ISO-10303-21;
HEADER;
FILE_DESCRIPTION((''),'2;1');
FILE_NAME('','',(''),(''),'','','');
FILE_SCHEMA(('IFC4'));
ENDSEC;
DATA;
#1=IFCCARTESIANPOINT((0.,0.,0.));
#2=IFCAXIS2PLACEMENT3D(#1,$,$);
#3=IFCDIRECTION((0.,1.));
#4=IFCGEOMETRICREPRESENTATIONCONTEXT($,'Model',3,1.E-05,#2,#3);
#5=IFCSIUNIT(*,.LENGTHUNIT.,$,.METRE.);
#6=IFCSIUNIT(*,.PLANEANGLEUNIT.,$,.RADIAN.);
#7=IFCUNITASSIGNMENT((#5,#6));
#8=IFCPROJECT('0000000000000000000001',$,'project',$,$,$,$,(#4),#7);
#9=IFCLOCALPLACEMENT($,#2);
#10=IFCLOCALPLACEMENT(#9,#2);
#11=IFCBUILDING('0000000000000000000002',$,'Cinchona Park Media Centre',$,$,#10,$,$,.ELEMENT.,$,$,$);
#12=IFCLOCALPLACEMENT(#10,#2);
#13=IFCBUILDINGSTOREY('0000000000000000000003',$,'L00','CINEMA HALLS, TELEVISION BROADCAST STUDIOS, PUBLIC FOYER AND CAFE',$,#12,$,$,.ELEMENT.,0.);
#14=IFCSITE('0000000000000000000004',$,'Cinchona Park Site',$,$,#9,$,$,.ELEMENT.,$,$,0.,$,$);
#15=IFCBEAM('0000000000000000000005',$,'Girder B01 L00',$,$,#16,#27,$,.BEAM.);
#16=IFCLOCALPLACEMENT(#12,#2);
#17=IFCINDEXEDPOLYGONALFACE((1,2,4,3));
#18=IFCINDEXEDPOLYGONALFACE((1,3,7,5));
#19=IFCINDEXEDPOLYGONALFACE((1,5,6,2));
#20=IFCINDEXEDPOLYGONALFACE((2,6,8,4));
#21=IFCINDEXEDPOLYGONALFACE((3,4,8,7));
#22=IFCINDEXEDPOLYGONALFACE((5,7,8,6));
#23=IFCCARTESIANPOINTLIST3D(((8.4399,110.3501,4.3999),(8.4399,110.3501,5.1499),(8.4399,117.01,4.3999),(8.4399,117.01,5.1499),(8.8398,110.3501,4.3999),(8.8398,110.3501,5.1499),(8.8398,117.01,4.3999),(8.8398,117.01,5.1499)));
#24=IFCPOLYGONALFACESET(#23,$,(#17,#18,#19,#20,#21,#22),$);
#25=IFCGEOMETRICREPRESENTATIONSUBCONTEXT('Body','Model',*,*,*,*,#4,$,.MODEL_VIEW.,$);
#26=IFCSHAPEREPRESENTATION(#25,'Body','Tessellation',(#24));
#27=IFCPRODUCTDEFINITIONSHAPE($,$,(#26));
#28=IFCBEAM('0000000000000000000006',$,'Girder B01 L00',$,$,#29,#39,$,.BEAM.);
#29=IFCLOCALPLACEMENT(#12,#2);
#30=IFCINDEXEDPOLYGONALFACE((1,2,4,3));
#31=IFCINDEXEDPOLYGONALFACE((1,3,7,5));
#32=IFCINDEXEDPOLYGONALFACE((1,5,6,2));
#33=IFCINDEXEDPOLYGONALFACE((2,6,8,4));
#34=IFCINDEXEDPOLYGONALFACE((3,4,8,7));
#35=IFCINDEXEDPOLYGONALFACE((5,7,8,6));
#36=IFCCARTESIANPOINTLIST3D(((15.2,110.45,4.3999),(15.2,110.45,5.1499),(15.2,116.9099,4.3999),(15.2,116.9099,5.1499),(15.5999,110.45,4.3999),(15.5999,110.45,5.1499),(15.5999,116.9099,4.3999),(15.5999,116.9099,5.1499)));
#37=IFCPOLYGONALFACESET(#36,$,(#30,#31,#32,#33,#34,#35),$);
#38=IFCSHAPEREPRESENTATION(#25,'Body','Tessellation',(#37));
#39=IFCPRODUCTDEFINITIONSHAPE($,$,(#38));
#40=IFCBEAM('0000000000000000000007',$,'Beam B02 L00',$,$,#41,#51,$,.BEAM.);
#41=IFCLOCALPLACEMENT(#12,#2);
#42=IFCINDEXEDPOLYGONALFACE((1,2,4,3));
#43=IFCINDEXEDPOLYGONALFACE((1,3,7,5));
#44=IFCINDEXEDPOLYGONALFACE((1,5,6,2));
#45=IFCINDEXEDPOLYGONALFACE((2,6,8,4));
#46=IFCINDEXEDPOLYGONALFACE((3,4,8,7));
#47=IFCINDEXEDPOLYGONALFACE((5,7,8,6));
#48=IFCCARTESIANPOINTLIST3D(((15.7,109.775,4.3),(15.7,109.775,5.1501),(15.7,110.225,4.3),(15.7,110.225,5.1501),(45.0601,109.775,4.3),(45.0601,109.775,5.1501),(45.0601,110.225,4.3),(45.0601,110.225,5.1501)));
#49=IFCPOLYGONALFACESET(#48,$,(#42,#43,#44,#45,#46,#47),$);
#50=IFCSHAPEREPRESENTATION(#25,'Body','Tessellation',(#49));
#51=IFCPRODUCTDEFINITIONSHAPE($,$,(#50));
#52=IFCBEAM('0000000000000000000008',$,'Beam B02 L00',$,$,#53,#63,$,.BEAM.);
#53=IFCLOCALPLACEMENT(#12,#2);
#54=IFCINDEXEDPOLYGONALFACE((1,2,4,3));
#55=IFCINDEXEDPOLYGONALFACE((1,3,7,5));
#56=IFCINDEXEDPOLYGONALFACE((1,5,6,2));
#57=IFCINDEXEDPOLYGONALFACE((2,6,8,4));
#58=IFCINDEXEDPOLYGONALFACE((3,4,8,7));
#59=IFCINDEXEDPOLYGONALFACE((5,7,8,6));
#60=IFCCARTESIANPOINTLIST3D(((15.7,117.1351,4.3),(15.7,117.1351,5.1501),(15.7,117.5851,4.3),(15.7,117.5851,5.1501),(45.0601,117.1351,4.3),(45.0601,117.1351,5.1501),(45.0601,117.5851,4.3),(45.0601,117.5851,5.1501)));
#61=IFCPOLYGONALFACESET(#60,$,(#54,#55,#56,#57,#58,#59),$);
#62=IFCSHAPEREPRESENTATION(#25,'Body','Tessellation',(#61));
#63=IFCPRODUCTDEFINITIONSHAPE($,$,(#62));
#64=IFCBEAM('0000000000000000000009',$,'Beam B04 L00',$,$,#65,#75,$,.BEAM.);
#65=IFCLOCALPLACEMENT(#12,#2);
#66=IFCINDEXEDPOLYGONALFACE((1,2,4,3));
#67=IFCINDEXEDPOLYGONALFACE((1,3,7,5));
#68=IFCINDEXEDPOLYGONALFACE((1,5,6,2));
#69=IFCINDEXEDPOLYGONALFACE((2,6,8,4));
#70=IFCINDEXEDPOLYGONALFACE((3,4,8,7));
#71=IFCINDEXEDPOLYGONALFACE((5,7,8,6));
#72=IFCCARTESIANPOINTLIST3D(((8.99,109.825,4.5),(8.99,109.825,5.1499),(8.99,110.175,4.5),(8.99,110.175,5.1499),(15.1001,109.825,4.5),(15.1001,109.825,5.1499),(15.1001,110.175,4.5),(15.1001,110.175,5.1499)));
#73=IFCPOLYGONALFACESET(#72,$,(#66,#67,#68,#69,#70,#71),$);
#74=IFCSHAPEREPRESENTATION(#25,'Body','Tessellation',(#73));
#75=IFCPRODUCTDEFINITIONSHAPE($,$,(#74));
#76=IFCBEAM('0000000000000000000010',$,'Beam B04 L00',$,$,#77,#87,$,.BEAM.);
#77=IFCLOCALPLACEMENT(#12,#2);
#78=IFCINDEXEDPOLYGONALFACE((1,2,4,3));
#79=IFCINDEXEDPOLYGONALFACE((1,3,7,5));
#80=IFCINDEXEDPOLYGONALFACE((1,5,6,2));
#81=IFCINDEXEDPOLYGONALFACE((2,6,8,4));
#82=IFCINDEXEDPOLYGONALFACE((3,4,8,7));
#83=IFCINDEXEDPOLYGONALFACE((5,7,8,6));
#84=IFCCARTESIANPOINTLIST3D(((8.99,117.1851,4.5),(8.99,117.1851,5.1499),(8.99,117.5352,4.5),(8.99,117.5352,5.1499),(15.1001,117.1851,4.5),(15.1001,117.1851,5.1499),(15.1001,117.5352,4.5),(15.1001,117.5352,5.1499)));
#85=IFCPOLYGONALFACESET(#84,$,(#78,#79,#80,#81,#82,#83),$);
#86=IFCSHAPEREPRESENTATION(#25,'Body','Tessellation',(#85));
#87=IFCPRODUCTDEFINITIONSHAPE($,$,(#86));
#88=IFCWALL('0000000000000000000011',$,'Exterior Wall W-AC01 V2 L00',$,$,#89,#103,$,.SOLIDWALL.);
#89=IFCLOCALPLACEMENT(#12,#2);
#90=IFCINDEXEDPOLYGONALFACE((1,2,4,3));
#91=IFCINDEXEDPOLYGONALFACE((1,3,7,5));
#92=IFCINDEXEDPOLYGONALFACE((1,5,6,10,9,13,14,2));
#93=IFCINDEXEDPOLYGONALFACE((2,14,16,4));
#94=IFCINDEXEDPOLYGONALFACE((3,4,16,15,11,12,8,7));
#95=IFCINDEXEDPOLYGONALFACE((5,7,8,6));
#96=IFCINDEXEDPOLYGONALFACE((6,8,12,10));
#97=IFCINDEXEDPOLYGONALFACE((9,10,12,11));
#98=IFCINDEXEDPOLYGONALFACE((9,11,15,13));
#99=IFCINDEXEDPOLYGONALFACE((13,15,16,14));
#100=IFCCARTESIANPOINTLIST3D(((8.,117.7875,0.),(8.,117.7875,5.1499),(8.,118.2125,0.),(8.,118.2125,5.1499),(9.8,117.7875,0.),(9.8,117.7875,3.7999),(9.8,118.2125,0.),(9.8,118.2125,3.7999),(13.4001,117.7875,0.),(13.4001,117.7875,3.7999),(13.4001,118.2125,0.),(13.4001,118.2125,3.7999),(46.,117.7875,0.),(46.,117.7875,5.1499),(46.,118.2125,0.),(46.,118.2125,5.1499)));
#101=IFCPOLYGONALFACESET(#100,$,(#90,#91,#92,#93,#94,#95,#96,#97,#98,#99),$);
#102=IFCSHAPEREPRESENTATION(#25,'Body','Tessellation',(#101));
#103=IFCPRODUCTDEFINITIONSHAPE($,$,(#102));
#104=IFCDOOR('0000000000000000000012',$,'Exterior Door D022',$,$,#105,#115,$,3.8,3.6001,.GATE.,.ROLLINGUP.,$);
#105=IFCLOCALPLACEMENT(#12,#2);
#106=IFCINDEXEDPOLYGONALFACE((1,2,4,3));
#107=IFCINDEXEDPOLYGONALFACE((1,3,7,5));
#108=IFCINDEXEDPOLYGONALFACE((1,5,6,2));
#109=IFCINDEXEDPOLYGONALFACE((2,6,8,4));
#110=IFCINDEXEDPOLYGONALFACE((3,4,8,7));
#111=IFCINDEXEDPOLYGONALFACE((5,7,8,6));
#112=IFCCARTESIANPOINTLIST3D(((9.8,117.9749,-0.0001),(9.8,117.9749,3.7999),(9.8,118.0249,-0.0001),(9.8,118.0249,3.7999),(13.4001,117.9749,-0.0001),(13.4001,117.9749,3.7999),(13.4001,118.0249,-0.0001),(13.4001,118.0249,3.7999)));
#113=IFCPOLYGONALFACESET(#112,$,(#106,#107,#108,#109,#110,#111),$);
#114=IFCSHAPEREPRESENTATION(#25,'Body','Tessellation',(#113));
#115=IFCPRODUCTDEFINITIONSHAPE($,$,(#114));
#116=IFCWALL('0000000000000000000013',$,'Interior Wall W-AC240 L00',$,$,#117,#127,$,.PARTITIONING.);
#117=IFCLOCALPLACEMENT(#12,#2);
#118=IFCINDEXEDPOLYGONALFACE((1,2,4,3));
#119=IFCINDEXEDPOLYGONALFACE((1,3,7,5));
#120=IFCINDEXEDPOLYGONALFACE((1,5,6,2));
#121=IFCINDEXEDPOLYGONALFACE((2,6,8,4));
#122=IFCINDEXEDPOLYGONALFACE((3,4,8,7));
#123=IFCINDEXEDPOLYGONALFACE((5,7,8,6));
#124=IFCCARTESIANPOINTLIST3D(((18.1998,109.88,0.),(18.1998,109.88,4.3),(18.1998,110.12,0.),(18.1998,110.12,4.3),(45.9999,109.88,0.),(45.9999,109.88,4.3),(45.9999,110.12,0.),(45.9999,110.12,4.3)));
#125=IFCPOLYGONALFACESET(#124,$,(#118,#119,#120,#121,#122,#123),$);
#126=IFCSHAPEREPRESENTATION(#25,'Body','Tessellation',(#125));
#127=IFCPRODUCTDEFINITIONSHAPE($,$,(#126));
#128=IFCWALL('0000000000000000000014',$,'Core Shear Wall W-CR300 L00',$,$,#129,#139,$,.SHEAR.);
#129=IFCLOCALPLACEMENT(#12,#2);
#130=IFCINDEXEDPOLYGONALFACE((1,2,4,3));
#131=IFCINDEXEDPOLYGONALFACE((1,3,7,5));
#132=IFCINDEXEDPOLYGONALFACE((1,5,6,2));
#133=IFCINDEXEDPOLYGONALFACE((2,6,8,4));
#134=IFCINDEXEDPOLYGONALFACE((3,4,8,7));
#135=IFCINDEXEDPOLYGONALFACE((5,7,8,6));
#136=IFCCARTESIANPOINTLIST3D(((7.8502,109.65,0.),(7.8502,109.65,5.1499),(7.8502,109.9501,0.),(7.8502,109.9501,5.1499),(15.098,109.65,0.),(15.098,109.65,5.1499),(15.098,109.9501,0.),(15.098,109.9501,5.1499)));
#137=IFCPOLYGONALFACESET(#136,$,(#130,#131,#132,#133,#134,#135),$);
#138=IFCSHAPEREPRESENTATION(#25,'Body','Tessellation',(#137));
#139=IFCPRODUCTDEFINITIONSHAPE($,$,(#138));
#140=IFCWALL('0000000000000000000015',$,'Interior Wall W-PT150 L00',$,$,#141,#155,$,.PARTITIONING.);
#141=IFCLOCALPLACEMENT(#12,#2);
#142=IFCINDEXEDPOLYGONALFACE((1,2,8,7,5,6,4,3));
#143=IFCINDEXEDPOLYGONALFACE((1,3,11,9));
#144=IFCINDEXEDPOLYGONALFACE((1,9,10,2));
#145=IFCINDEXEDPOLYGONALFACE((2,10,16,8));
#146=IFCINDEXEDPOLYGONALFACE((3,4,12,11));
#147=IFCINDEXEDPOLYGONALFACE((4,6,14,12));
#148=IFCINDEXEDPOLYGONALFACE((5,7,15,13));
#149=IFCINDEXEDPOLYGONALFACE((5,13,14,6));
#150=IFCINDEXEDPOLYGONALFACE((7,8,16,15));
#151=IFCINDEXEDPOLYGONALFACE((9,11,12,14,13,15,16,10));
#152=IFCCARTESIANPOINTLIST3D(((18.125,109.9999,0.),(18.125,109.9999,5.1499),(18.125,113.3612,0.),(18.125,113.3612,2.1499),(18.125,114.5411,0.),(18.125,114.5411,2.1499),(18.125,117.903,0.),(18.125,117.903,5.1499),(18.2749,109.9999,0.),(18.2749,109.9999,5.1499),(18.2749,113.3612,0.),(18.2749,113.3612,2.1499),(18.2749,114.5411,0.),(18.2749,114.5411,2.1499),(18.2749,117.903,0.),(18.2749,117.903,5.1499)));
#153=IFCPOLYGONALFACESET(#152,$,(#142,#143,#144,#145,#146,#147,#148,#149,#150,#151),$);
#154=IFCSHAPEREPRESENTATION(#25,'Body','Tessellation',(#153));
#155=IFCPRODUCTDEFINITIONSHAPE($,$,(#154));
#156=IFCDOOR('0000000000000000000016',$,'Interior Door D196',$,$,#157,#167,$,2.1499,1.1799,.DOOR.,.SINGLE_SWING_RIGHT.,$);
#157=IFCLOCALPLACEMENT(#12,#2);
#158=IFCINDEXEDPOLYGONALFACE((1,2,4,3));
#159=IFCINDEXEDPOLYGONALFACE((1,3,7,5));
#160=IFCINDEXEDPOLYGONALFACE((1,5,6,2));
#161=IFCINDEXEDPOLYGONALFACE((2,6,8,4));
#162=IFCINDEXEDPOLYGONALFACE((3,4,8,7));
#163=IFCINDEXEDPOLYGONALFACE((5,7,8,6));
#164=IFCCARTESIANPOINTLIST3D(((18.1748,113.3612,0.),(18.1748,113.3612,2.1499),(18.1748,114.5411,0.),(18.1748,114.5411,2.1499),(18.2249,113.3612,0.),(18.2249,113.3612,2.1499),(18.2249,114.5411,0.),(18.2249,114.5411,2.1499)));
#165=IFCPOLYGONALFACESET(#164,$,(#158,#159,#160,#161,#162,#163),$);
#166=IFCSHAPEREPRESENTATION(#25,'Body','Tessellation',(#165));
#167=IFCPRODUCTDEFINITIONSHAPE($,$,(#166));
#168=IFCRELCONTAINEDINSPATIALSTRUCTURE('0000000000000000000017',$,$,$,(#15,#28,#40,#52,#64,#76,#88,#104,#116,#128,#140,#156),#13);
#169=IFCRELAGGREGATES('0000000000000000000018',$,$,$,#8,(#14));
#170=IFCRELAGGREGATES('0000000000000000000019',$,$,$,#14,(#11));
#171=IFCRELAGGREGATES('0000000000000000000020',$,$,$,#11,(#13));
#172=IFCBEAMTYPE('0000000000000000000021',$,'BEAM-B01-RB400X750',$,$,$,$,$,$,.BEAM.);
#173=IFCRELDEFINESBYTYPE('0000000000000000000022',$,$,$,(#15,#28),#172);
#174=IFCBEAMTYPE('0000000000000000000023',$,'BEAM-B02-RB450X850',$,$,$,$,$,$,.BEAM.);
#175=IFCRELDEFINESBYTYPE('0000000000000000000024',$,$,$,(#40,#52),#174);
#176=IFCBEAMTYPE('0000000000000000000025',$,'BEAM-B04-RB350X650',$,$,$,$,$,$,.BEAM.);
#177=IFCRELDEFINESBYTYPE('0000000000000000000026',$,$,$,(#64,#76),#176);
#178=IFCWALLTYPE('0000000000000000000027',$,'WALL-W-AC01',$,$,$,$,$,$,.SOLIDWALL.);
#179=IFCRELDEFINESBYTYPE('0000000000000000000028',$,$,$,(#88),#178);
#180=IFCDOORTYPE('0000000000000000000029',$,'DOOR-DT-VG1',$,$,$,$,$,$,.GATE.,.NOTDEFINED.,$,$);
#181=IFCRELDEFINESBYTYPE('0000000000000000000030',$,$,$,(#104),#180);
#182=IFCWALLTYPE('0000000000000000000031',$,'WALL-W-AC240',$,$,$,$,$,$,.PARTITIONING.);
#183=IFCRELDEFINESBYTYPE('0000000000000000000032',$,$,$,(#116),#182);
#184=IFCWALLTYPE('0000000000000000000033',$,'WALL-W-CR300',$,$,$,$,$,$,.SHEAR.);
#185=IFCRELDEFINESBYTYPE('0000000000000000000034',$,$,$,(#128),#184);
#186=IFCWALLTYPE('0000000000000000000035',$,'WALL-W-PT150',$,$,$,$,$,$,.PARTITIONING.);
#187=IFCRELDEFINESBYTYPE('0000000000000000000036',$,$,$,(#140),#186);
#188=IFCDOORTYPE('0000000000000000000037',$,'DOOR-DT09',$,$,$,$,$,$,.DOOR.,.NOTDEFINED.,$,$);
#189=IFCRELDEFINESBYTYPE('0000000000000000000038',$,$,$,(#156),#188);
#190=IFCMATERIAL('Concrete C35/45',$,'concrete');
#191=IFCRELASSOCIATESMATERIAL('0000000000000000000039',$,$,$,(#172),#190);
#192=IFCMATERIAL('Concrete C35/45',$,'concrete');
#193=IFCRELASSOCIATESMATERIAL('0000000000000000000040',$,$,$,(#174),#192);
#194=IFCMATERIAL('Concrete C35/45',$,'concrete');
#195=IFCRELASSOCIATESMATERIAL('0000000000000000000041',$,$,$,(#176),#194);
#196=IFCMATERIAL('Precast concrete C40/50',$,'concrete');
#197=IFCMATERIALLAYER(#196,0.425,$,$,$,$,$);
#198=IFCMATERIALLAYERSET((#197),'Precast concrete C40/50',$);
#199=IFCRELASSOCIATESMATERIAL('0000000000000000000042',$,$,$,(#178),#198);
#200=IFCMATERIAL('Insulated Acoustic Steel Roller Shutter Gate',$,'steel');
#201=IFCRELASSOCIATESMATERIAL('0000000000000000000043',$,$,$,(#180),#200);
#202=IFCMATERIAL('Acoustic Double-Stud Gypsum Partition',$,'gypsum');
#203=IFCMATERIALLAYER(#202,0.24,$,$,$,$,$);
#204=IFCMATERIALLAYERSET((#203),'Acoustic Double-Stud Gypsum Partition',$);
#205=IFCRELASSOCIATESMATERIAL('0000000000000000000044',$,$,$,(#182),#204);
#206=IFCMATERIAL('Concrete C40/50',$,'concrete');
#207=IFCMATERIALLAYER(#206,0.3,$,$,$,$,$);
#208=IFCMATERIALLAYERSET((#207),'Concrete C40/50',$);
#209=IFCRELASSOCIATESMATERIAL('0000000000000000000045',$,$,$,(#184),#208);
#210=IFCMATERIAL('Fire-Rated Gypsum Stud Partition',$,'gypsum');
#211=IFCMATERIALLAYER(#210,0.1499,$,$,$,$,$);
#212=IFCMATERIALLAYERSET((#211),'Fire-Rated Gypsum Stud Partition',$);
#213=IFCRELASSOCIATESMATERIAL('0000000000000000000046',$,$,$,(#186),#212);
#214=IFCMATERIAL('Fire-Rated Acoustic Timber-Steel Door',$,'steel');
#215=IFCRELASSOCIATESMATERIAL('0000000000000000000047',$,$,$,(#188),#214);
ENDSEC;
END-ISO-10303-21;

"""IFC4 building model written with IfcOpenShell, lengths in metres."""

from ifc_helpers import new_model, si_unit, direction, frame, frame_2d, origin, origin_2d, place, context, subcontext, project, spatial, rectangle, extrude, material, layer, layer_set, material_profile, profile_set, type_object, element, fill, save


model = new_model("IFC4")

# Units and contexts
model_context = context("Model", 3, precision=1e-05, world=origin(), true_north=direction((0.0, 1.0)))
body_context = subcontext(model_context, "Body", "Model", "MODEL_VIEW")
ifc_project = project(units=[si_unit("LENGTHUNIT", "METRE"), si_unit("PLANEANGLEUNIT", "RADIAN")], contexts=[model_context])

# Site, building, storey
site_placement = place(None, origin())
site = spatial("IfcSite", under=ifc_project, at=site_placement, Name="Cinchona Park Site", CompositionType="ELEMENT", RefElevation=0.0)
building_placement = place(site_placement, origin())
building = spatial("IfcBuilding", under=site, at=building_placement, Name="Cinchona Park Media Centre", CompositionType="ELEMENT")
storey_placement = place(building_placement, origin())
storey = spatial("IfcBuildingStorey", under=building, at=storey_placement, Name="L00", Description="CINEMA HALLS, TELEVISION BROADCAST STUDIOS, PUBLIC FOYER AND CAFE", CompositionType="ELEMENT", Elevation=0.0)

# Beams
ifc_material_1 = material(Name="Concrete C35/45", Category="concrete")
ifc_material_profile_1 = material_profile(ifc_material_1, rectangle(XDim=0.3999, YDim=0.75, at=origin_2d()), Name="RB 400X750")
ifc_profile_set_1 = profile_set([ifc_material_profile_1], Name="Concrete C35/45")
beam_type_1 = type_object("IfcBeamType", Name="BEAM-B01-RB400X750", PredefinedType="BEAM", material=ifc_profile_set_1)
beam_1_placement = place(storey_placement, frame((8.6399, 110.3501, 4.7749), z_axis=(0.0, 1.0, 0.0), x_axis=(-1.0, 0.0, 0.0)))
element("IfcBeam", 1, at=beam_1_placement, inside=storey, type_object=beam_type_1, Name="Girder B01 L00", PredefinedType="BEAM", context=body_context, shape_type="SweptSolid", body=[
    extrude(rectangle(XDim=0.3999, YDim=0.75, at=origin_2d()), origin(), (0.0, 0.0, 1.0), 6.6599),
])
beam_2_placement = place(storey_placement, frame((15.3999, 110.45, 4.7749), z_axis=(0.0, 1.0, 0.0), x_axis=(-1.0, 0.0, 0.0)))
element("IfcBeam", 2, at=beam_2_placement, inside=storey, type_object=beam_type_1, Name="Girder B01 L00", PredefinedType="BEAM", context=body_context, shape_type="SweptSolid", body=[
    extrude(rectangle(XDim=0.3999, YDim=0.75, at=origin_2d()), origin(), (0.0, 0.0, 1.0), 6.46),
])
ifc_material_2 = material(Name="Concrete C35/45", Category="concrete")
ifc_material_profile_2 = material_profile(ifc_material_2, rectangle(XDim=0.45, YDim=0.8501, at=origin_2d()), Name="RB 450X850")
ifc_profile_set_2 = profile_set([ifc_material_profile_2], Name="Concrete C35/45")
beam_type_2 = type_object("IfcBeamType", Name="BEAM-B02-RB450X850", PredefinedType="BEAM", material=ifc_profile_set_2)
for number, where, z_axis, x_axis, name in (
    (3, (15.7, 110.0, 4.7251), (1.0, 0.0, 0.0), (0.0, 1.0, 0.0), "Beam B02 L00"),
    (4, (15.7, 117.3601, 4.7251), (1.0, 0.0, 0.0), (0.0, 1.0, 0.0), "Beam B02 L00"),
):
    element("IfcBeam", number, at=place(storey_placement, frame(where, z_axis=z_axis, x_axis=x_axis)), inside=storey, type_object=beam_type_2, Name=name, PredefinedType="BEAM", context=body_context, shape_type="SweptSolid", body=[
        extrude(rectangle(XDim=0.45, YDim=0.8501, at=origin_2d()), origin(), (0.0, 0.0, 1.0), 29.3601),
    ])
ifc_material_3 = material(Name="Concrete C35/45", Category="concrete")
ifc_material_profile_3 = material_profile(ifc_material_3, rectangle(XDim=0.3501, YDim=0.6499, at=origin_2d()), Name="RB 350X650")
ifc_profile_set_3 = profile_set([ifc_material_profile_3], Name="Concrete C35/45")
beam_type_3 = type_object("IfcBeamType", Name="BEAM-B04-RB350X650", PredefinedType="BEAM", material=ifc_profile_set_3)
for number, where, z_axis, x_axis, name in (
    (5, (8.99, 110.0, 4.825), (1.0, 0.0, 0.0), (0.0, 1.0, 0.0), "Beam B04 L00"),
    (6, (8.99, 117.3601, 4.825), (1.0, 0.0, 0.0), (0.0, 1.0, 0.0), "Beam B04 L00"),
):
    element("IfcBeam", number, at=place(storey_placement, frame(where, z_axis=z_axis, x_axis=x_axis)), inside=storey, type_object=beam_type_3, Name=name, PredefinedType="BEAM", context=body_context, shape_type="SweptSolid", body=[
        extrude(rectangle(XDim=0.3501, YDim=0.6499, at=origin_2d()), origin(), (0.0, 0.0, 1.0), 6.1101),
    ])

# Wall, opening, door
ifc_material_4 = material(Name="Precast concrete C40/50", Category="concrete")
ifc_layer_1 = layer(ifc_material_4, 0.425)
ifc_layer_set_1 = layer_set([ifc_layer_1], Name="Precast concrete C40/50")
wall_type_1 = type_object("IfcWallType", Name="WALL-W-AC01", PredefinedType="SOLIDWALL", material=ifc_layer_set_1)
wall_1_placement = place(storey_placement, frame((8.0, 118.0, 0.0), z_axis=(0.0, 0.0, 1.0), x_axis=(1.0, 0.0, 0.0)))
wall_1 = element("IfcWall", 7, at=wall_1_placement, inside=storey, type_object=wall_type_1, Name="Exterior Wall W-AC01 V2 L00", PredefinedType="SOLIDWALL", context=body_context, shape_type="SweptSolid", body=[
    extrude(rectangle(XDim=38.0, YDim=0.425, at=frame_2d((19.0, 0.0))), origin(), (0.0, 0.0, 1.0), 5.1499),
])
opening_1_placement = place(wall_1_placement, frame((1.8, 0.0, 0.0)))
opening_1 = element("IfcOpeningElement", 8, at=opening_1_placement, cuts=wall_1, PredefinedType="OPENING", context=body_context, shape_type="SweptSolid", body=[
    extrude(rectangle(XDim=3.6001, YDim=3.8, at=frame_2d((1.8, 1.8999))), frame((0.0, 0.2224, 0.0), z_axis=(0.0, -1.0, 0.0), x_axis=(1.0, 0.0, 0.0)), (0.0, 0.0, 1.0), 0.4451),
])
ifc_material_5 = material(Name="Insulated Acoustic Steel Roller Shutter Gate", Category="steel")
door_type_1 = type_object("IfcDoorType", Name="DOOR-DT-VG1", OperationType="NOTDEFINED", PredefinedType="GATE", material=ifc_material_5)
door_1_placement = place(opening_1_placement, origin())
door_1 = element("IfcDoor", 9, at=door_1_placement, inside=storey, type_object=door_type_1, Name="Exterior Door D022", OperationType="ROLLINGUP", OverallHeight=3.8, OverallWidth=3.6001, PredefinedType="GATE", context=body_context, shape_type="SweptSolid", body=[
    extrude(rectangle(XDim=3.6001, YDim=3.8, at=frame_2d((1.8, 1.8999))), frame((0.0, 0.0249, 0.0), z_axis=(0.0, -1.0, 0.0), x_axis=(1.0, 0.0, 0.0)), (0.0, 0.0, 1.0), 0.05),
])
fill(opening_1, door_1)

# Walls
ifc_material_6 = material(Name="Acoustic Double-Stud Gypsum Partition", Category="gypsum")
ifc_layer_2 = layer(ifc_material_6, 0.24)
ifc_layer_set_2 = layer_set([ifc_layer_2], Name="Acoustic Double-Stud Gypsum Partition")
wall_type_2 = type_object("IfcWallType", Name="WALL-W-AC240", PredefinedType="PARTITIONING", material=ifc_layer_set_2)
wall_2_placement = place(storey_placement, frame((18.2, 110.0, 0.0), z_axis=(0.0, 0.0, 1.0), x_axis=(1.0, 0.0, 0.0)))
element("IfcWall", 10, at=wall_2_placement, inside=storey, type_object=wall_type_2, Name="Interior Wall W-AC240 L00", PredefinedType="PARTITIONING", context=body_context, shape_type="SweptSolid", body=[
    extrude(rectangle(XDim=27.8, YDim=0.24, at=frame_2d((13.8999, 0.0))), origin(), (0.0, 0.0, 1.0), 4.3),
])
ifc_material_7 = material(Name="Concrete C40/50", Category="concrete")
ifc_layer_3 = layer(ifc_material_7, 0.3)
ifc_layer_set_3 = layer_set([ifc_layer_3], Name="Concrete C40/50")
wall_type_3 = type_object("IfcWallType", Name="WALL-W-CR300", PredefinedType="SHEAR", material=ifc_layer_set_3)
wall_3_placement = place(storey_placement, frame((7.8501, 109.8, 0.0), z_axis=(0.0, 0.0, 1.0), x_axis=(1.0, 0.0, 0.0)))
element("IfcWall", 11, at=wall_3_placement, inside=storey, type_object=wall_type_3, Name="Core Shear Wall W-CR300 L00", PredefinedType="SHEAR", context=body_context, shape_type="SweptSolid", body=[
    extrude(rectangle(XDim=7.2478, YDim=0.3, at=frame_2d((3.624, 0.0))), origin(), (0.0, 0.0, 1.0), 5.1499),
])

# Wall, opening, door
ifc_material_8 = material(Name="Fire-Rated Gypsum Stud Partition", Category="gypsum")
ifc_layer_4 = layer(ifc_material_8, 0.1499)
ifc_layer_set_4 = layer_set([ifc_layer_4], Name="Fire-Rated Gypsum Stud Partition")
wall_type_4 = type_object("IfcWallType", Name="WALL-W-PT150", PredefinedType="PARTITIONING", material=ifc_layer_set_4)
wall_4_placement = place(storey_placement, frame((18.2, 117.9031, 0.0), z_axis=(0.0, 0.0, 1.0), x_axis=(0.0, -1.0, 0.0)))
wall_4 = element("IfcWall", 12, at=wall_4_placement, inside=storey, type_object=wall_type_4, Name="Interior Wall W-PT150 L00", PredefinedType="PARTITIONING", context=body_context, shape_type="SweptSolid", body=[
    extrude(rectangle(XDim=7.9031, YDim=0.1499, at=frame_2d((3.9517, 0.0))), origin(), (0.0, 0.0, 1.0), 5.1499),
])
opening_2_placement = place(wall_4_placement, frame((3.3621, 0.0, 0.0)))
opening_2 = element("IfcOpeningElement", 13, at=opening_2_placement, cuts=wall_4, PredefinedType="OPENING", context=body_context, shape_type="SweptSolid", body=[
    extrude(rectangle(XDim=1.1799, YDim=2.1499, at=frame_2d((0.5898, 1.075))), frame((0.0, 0.085, 0.0), z_axis=(0.0, -1.0, 0.0), x_axis=(1.0, 0.0, 0.0)), (0.0, 0.0, 1.0), 0.1699),
])
ifc_material_9 = material(Name="Fire-Rated Acoustic Timber-Steel Door", Category="steel")
door_type_2 = type_object("IfcDoorType", Name="DOOR-DT09", OperationType="NOTDEFINED", PredefinedType="DOOR", material=ifc_material_9)
door_2_placement = place(opening_2_placement, origin())
door_2 = element("IfcDoor", 14, at=door_2_placement, inside=storey, type_object=door_type_2, Name="Interior Door D196", OperationType="SINGLE_SWING_RIGHT", OverallHeight=2.1499, OverallWidth=1.1799, PredefinedType="DOOR", context=body_context, shape_type="SweptSolid", body=[
    extrude(rectangle(XDim=1.1799, YDim=2.1499, at=frame_2d((0.5898, 1.075))), frame((0.0, 0.0249, 0.0), z_axis=(0.0, -1.0, 0.0), x_axis=(1.0, 0.0, 0.0)), (0.0, 0.0, 1.0), 0.05),
])
fill(opening_2, door_2)

save(model, "model.ifc")
